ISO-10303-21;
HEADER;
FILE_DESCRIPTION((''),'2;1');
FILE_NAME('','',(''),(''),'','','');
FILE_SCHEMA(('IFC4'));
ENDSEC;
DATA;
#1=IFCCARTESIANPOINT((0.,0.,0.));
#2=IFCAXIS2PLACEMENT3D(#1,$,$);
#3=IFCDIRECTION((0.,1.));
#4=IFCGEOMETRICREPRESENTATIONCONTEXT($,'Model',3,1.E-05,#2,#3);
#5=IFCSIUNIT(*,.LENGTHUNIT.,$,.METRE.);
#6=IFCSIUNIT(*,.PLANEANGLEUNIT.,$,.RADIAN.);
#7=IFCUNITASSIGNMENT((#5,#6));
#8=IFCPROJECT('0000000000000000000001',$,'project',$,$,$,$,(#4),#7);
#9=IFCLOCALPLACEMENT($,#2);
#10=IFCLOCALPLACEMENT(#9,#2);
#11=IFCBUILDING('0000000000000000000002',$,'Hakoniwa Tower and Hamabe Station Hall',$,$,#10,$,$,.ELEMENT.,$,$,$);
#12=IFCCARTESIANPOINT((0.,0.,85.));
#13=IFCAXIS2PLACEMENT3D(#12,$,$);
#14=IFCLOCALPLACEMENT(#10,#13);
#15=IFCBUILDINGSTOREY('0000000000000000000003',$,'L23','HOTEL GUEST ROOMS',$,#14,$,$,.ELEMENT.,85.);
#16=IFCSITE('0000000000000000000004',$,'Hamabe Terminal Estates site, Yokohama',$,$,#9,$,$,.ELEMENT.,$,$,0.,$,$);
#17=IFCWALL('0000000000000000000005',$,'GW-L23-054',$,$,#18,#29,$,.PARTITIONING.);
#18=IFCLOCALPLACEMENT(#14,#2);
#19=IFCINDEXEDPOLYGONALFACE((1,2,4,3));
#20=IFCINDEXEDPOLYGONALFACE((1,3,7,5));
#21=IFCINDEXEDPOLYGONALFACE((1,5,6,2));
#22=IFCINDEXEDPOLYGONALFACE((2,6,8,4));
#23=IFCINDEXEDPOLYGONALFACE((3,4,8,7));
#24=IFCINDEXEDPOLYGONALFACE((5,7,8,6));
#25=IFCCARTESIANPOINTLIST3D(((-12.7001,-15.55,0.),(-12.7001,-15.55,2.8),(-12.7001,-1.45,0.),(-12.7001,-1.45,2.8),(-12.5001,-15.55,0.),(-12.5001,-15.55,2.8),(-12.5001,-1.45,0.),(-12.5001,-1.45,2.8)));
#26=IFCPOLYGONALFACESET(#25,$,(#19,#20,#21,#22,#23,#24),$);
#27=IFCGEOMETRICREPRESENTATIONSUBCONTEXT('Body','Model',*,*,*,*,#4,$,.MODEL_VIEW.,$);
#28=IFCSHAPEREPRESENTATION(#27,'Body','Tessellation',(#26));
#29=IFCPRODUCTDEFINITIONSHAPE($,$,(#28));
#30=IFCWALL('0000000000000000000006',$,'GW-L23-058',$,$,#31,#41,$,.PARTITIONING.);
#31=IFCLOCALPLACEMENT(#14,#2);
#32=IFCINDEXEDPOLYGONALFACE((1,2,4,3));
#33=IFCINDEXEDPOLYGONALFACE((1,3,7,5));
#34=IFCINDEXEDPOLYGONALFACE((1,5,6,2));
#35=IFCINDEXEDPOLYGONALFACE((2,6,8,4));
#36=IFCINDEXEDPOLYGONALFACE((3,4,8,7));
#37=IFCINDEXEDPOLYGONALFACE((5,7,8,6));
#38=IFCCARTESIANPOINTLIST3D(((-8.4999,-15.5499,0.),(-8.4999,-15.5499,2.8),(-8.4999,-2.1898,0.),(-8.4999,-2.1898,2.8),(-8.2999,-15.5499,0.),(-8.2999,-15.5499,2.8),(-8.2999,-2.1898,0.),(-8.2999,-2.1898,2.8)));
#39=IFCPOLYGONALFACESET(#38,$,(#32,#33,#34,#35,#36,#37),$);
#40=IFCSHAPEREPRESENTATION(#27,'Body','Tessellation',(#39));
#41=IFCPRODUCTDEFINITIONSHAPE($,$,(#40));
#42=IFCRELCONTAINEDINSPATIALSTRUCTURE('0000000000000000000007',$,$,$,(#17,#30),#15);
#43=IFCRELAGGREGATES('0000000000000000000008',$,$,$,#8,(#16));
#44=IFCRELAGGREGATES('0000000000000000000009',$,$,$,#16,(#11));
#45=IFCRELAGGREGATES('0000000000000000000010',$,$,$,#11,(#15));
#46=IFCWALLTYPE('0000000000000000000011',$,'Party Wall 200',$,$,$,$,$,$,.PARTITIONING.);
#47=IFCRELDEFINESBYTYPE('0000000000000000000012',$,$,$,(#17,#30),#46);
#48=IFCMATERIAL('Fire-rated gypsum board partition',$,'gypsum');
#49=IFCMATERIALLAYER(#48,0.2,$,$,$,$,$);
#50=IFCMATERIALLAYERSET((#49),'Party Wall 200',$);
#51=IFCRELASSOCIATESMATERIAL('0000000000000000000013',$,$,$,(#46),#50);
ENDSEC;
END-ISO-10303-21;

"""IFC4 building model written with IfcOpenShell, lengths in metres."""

from ifc_helpers import new_model, si_unit, direction, frame, frame_2d, origin, place, context, subcontext, project, spatial, rectangle, extrude, material, layer, layer_set, type_object, element, save


model = new_model("IFC4")

# Units and contexts
model_context = context("Model", 3, precision=1e-05, world=origin(), true_north=direction((0.0, 1.0)))
body_context = subcontext(model_context, "Body", "Model", "MODEL_VIEW")
ifc_project = project(units=[si_unit("LENGTHUNIT", "METRE"), si_unit("PLANEANGLEUNIT", "RADIAN")], contexts=[model_context])

# Site, building, storey
site_placement = place(None, origin())
site = spatial("IfcSite", under=ifc_project, at=site_placement, Name="Hamabe Terminal Estates site, Yokohama", CompositionType="ELEMENT", RefElevation=0.0)
building_placement = place(site_placement, origin())
building = spatial("IfcBuilding", under=site, at=building_placement, Name="Hakoniwa Tower and Hamabe Station Hall", CompositionType="ELEMENT")
storey_placement = place(building_placement, frame((0.0, 0.0, 85.0)))
storey = spatial("IfcBuildingStorey", under=building, at=storey_placement, Name="L23", Description="HOTEL GUEST ROOMS", CompositionType="ELEMENT", Elevation=85.0)

# Walls
ifc_material_1 = material(Name="Fire-rated gypsum board partition", Category="gypsum")
ifc_layer_1 = layer(ifc_material_1, 0.2)
ifc_layer_set_1 = layer_set([ifc_layer_1], Name="Party Wall 200")
wall_type_1 = type_object("IfcWallType", Name="Party Wall 200", PredefinedType="PARTITIONING", material=ifc_layer_set_1)
wall_1_placement = place(storey_placement, frame((-12.6001, -15.55, 0.0), z_axis=(0.0, 0.0, 1.0), x_axis=(0.0, 1.0, 0.0)))
element("IfcWall", 1, at=wall_1_placement, inside=storey, type_object=wall_type_1, Name="GW-L23-054", PredefinedType="PARTITIONING", context=body_context, shape_type="SweptSolid", body=[
    extrude(rectangle(XDim=14.1001, YDim=0.2, at=frame_2d((7.05, 0.0))), origin(), (0.0, 0.0, 1.0), 2.8),
])
wall_2_placement = place(storey_placement, frame((-8.3999, -15.55, 0.0), z_axis=(0.0, 0.0, 1.0), x_axis=(0.0, 1.0, 0.0)))
element("IfcWall", 2, at=wall_2_placement, inside=storey, type_object=wall_type_1, Name="GW-L23-058", PredefinedType="PARTITIONING", context=body_context, shape_type="SweptSolid", body=[
    extrude(rectangle(XDim=13.3601, YDim=0.2, at=frame_2d((6.6802, 0.0))), origin(), (0.0, 0.0, 1.0), 2.8),
])

save(model, "model.ifc")
